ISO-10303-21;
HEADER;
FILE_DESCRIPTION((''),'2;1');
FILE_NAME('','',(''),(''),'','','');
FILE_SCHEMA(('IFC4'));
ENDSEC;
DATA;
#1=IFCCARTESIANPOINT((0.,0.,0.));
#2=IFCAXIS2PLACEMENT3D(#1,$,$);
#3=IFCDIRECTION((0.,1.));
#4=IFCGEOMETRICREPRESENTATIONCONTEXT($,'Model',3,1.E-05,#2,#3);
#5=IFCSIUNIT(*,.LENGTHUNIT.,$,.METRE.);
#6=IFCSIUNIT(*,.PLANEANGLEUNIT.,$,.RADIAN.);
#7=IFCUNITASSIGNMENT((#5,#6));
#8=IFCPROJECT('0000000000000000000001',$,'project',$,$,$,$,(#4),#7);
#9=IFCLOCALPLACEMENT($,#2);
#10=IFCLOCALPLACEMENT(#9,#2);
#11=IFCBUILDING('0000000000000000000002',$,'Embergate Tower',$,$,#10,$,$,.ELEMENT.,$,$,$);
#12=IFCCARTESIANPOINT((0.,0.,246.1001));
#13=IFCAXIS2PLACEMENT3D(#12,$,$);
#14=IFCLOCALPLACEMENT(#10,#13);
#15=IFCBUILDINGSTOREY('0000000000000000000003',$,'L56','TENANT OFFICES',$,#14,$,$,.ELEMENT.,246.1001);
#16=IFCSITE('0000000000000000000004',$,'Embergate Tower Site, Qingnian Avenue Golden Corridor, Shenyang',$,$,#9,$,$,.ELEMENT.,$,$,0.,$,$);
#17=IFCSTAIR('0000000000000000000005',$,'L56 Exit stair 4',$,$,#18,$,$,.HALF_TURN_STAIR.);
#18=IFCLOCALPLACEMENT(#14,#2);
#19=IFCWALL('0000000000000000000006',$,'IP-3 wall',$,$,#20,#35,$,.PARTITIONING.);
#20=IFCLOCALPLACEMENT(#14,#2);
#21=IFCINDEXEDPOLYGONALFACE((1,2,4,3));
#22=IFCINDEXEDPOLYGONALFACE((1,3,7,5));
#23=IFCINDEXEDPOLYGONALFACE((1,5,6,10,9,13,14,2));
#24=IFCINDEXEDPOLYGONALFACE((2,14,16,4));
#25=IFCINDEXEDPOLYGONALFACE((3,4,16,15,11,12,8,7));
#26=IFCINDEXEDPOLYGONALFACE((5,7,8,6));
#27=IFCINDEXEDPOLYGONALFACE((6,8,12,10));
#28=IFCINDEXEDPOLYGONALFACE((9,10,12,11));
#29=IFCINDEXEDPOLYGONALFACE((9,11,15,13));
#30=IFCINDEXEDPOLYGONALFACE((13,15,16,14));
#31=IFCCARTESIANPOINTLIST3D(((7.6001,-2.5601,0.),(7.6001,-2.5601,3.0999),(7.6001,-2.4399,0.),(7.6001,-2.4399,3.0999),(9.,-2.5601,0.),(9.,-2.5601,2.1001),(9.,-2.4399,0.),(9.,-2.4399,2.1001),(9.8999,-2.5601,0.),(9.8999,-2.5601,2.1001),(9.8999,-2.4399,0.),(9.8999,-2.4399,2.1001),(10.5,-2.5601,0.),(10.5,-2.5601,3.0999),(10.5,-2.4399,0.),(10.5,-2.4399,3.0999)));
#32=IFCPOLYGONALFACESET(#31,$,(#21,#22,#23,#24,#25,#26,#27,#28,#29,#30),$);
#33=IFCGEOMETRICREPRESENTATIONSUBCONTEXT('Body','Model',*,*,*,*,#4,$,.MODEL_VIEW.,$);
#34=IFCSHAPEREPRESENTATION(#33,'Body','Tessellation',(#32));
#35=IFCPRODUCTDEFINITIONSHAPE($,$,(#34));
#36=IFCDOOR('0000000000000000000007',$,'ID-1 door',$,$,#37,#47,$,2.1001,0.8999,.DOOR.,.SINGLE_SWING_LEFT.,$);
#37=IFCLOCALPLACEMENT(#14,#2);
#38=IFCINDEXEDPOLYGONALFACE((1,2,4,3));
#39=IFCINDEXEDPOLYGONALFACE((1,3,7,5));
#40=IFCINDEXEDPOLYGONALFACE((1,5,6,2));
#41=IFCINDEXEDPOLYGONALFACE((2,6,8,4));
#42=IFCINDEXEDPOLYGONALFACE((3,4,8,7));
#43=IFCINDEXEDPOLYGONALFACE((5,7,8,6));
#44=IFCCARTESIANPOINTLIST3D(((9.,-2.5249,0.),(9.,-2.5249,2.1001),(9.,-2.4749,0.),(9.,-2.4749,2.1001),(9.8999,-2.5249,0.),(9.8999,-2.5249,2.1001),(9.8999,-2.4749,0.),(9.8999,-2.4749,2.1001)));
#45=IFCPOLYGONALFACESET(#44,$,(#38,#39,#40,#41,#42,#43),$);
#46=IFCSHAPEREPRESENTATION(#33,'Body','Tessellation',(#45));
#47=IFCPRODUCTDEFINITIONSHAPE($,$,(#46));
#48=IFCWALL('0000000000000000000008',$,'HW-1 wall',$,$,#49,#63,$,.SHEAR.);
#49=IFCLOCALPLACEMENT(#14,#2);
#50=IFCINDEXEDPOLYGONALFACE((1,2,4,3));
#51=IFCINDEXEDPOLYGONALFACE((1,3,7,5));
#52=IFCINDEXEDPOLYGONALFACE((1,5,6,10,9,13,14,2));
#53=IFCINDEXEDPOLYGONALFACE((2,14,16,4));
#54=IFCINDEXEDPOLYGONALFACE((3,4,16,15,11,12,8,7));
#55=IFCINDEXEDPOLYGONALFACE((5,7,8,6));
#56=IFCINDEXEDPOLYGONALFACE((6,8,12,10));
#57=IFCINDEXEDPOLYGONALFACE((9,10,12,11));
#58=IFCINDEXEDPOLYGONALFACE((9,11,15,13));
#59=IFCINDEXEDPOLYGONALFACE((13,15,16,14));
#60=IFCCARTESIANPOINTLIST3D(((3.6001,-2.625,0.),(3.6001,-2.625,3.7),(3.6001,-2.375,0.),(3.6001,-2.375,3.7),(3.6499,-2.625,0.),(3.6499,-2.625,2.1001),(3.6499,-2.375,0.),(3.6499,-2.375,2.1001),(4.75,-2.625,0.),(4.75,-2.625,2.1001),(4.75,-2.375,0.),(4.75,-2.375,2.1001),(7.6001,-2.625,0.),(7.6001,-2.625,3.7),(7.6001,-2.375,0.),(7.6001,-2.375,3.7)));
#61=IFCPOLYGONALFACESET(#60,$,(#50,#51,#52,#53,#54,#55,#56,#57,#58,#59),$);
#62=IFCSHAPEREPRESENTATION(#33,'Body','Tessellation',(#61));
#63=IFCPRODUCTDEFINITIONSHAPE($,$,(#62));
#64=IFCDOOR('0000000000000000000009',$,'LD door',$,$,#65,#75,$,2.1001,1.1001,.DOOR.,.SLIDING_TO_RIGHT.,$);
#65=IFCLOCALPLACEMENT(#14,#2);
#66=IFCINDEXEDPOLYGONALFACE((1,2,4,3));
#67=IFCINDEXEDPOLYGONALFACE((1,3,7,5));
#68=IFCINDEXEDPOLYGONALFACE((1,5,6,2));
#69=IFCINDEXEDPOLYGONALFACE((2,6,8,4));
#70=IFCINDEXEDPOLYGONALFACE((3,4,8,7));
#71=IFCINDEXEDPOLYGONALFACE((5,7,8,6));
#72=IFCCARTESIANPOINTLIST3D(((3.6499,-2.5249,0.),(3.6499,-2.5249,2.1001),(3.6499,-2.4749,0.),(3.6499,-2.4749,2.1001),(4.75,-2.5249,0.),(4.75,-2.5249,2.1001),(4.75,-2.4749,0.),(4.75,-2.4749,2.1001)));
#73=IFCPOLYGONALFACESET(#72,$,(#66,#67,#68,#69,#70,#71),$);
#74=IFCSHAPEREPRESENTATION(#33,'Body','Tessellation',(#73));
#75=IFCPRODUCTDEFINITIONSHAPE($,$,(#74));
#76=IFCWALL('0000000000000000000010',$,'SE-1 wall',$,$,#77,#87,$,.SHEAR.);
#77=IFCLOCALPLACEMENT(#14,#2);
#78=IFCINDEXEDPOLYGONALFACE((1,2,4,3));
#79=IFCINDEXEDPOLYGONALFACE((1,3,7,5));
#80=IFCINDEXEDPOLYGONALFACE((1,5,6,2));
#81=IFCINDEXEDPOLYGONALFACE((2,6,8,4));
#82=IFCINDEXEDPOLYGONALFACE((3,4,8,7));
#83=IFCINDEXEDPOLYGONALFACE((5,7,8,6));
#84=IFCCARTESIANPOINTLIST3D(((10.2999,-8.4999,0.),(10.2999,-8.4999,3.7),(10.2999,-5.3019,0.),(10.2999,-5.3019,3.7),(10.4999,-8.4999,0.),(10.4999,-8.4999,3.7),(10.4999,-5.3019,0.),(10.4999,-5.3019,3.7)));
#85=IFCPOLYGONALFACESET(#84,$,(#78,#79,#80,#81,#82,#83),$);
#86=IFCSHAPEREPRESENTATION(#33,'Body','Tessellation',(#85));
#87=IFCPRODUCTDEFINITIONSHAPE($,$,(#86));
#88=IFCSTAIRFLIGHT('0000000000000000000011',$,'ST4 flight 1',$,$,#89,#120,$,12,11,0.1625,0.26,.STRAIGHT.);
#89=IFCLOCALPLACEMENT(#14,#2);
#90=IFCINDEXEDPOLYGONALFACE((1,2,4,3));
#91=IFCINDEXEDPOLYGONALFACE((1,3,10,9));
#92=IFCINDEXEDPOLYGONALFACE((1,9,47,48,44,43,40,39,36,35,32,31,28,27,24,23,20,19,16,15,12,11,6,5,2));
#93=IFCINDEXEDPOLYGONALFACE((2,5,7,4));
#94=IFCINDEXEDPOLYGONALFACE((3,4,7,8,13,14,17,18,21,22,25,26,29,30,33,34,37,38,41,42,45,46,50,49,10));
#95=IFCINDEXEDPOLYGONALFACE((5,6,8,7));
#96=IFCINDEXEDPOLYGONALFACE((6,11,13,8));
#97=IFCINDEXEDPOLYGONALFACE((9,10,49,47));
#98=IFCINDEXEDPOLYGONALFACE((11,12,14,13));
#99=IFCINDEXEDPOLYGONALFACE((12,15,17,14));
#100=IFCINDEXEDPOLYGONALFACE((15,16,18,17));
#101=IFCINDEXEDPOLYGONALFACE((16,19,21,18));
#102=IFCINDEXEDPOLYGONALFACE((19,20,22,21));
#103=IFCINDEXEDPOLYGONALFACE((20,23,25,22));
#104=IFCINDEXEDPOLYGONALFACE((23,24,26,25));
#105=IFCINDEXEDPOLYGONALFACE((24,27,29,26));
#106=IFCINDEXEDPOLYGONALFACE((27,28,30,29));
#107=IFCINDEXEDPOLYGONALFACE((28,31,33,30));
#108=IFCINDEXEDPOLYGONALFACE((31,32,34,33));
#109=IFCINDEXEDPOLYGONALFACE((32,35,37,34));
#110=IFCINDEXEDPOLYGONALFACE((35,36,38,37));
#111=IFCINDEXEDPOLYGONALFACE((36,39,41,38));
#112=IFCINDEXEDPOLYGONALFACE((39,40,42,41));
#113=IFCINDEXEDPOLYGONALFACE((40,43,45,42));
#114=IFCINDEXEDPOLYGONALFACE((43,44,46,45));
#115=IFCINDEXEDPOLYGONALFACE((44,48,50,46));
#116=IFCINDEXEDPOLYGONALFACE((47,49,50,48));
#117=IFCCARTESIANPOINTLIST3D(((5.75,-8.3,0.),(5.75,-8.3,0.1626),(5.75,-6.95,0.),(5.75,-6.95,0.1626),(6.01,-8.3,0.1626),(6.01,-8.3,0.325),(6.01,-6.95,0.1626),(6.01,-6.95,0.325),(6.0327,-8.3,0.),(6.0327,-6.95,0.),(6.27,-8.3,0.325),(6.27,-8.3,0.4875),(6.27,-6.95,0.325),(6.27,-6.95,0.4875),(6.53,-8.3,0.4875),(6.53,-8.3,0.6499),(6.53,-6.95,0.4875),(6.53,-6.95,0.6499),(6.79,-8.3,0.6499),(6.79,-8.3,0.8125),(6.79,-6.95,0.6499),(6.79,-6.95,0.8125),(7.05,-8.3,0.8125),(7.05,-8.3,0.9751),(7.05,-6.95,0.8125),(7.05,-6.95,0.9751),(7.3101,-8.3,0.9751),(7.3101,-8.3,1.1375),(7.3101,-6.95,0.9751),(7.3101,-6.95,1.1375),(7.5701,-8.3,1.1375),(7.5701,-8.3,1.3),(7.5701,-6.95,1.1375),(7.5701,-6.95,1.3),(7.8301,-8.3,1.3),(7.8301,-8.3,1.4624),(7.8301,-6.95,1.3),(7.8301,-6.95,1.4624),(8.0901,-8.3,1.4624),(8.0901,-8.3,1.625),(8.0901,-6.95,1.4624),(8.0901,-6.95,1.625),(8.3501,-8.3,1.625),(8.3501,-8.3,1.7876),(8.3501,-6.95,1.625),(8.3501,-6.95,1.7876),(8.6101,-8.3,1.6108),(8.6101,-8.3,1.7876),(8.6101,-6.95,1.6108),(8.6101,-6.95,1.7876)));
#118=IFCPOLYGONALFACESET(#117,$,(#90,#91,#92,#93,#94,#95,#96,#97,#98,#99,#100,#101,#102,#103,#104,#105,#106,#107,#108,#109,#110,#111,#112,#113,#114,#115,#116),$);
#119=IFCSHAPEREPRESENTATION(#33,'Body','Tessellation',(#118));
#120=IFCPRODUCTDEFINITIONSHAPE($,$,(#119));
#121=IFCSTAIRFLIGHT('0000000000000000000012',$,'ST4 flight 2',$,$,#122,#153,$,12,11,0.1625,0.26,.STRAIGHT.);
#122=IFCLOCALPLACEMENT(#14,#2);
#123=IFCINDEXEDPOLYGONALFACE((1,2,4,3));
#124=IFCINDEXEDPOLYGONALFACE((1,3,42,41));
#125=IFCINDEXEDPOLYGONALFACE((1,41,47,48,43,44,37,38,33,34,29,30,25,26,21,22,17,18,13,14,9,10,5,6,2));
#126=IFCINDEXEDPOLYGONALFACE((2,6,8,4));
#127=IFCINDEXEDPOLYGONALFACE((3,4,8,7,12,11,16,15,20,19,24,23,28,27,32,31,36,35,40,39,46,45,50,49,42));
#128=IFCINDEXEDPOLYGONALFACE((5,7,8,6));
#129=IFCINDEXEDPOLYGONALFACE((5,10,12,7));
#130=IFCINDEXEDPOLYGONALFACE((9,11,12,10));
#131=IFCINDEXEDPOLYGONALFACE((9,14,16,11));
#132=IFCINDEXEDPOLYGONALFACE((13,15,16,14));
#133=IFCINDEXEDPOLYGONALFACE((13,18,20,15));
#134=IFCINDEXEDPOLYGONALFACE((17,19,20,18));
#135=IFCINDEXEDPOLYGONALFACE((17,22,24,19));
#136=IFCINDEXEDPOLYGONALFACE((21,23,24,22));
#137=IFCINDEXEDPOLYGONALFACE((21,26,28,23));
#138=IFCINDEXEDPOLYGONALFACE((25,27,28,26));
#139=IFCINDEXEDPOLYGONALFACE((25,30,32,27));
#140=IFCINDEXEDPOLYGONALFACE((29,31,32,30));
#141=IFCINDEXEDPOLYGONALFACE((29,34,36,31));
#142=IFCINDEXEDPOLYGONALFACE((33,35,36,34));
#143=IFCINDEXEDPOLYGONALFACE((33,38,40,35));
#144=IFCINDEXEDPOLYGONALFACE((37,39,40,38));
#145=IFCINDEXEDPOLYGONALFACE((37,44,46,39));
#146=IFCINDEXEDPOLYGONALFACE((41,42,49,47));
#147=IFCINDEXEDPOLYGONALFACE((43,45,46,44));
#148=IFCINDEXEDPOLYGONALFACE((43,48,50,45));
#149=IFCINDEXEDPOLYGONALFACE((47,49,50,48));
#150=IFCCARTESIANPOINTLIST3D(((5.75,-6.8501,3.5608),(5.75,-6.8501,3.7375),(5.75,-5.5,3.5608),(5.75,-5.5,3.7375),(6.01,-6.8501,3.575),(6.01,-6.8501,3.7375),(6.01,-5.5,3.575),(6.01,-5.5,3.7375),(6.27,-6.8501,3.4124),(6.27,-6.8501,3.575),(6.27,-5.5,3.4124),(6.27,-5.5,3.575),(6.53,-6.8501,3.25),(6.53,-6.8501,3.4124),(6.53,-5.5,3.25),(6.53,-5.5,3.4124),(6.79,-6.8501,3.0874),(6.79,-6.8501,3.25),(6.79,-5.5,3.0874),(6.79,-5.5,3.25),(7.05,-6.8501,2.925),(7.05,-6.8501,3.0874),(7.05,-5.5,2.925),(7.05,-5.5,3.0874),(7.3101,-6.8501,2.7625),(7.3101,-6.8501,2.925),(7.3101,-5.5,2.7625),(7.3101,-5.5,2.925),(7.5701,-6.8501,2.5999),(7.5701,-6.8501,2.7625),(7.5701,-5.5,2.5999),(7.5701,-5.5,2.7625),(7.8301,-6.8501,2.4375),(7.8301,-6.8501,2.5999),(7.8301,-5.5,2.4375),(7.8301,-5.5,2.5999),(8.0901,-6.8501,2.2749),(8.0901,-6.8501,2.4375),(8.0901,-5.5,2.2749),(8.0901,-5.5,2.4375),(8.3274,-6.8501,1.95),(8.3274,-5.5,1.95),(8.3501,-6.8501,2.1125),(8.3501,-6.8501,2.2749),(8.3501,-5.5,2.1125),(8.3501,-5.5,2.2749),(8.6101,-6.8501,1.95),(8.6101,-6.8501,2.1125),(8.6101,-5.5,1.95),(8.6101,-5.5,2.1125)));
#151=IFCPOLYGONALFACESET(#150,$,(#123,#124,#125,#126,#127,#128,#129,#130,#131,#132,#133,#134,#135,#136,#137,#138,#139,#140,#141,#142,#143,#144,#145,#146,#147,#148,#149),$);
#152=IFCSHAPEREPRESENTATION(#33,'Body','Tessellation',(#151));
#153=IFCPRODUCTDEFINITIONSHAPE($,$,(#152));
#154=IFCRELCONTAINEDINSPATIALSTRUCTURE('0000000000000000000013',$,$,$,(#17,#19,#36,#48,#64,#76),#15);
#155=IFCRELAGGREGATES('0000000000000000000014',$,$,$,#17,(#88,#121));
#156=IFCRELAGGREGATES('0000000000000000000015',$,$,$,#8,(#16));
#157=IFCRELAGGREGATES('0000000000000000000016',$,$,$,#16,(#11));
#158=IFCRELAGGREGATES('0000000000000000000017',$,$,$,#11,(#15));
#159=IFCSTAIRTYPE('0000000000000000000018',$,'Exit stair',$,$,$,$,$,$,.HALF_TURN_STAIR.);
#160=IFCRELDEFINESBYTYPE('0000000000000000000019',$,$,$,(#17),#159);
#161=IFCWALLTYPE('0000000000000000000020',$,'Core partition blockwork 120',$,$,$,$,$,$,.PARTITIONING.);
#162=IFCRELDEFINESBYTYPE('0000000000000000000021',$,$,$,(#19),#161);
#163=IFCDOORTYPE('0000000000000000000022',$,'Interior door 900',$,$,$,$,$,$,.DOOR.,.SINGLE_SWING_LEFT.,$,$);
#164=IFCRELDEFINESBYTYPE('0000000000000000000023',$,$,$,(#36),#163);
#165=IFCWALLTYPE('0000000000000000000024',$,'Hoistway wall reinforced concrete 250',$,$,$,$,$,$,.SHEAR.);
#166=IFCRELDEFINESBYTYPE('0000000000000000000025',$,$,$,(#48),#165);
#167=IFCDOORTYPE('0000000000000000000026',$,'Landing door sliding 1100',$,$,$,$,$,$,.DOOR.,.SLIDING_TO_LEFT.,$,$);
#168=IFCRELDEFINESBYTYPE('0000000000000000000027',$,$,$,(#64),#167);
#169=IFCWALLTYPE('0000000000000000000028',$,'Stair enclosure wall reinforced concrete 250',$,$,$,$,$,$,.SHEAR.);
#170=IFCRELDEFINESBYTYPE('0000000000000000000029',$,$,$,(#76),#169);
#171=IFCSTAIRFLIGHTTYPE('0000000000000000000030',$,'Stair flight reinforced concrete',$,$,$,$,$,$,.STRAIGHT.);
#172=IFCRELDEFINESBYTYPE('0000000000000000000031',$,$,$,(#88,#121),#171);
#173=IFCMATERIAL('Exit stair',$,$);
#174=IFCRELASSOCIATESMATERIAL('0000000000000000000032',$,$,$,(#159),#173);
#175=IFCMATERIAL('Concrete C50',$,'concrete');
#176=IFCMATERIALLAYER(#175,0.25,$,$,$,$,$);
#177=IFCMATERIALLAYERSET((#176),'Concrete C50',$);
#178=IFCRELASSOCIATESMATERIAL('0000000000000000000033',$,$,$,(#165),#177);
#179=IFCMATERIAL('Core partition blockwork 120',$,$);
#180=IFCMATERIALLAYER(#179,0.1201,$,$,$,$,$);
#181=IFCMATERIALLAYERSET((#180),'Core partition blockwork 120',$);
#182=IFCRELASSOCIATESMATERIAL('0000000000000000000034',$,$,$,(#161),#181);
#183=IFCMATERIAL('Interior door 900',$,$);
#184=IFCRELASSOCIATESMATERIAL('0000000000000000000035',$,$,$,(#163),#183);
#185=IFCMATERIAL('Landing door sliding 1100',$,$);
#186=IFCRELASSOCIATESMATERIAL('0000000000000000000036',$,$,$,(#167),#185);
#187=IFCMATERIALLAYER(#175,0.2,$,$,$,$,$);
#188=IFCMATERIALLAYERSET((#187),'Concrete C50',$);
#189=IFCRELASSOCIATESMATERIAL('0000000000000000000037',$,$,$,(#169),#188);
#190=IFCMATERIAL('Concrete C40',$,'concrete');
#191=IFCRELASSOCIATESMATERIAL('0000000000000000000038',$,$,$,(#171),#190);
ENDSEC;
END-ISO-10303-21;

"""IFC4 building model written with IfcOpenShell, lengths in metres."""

from ifc_helpers import new_model, si_unit, direction, frame, frame_2d, origin, place, context, subcontext, project, spatial, polyline, rectangle, outline, extrude, source, transform, mapped, material, layer, layer_set, type_object, element, fill, aggregate, save


model = new_model("IFC4")

# Units and contexts
model_context = context("Model", 3, precision=1e-05, world=origin(), true_north=direction((0.0, 1.0)))
body_context = subcontext(model_context, "Body", "Model", "MODEL_VIEW")
ifc_project = project(units=[si_unit("LENGTHUNIT", "METRE"), si_unit("PLANEANGLEUNIT", "RADIAN")], contexts=[model_context])

# Site, building, storey
site_placement = place(None, origin())
site = spatial("IfcSite", under=ifc_project, at=site_placement, Name="Embergate Tower Site, Qingnian Avenue Golden Corridor, Shenyang", CompositionType="ELEMENT", RefElevation=0.0)
building_placement = place(site_placement, origin())
building = spatial("IfcBuilding", under=site, at=building_placement, Name="Embergate Tower", CompositionType="ELEMENT")
storey_placement = place(building_placement, frame((0.0, 0.0, 246.1001)))
storey = spatial("IfcBuildingStorey", under=building, at=storey_placement, Name="L56", Description="TENANT OFFICES", CompositionType="ELEMENT", Elevation=246.1001)

# Stair
ifc_material_1 = material(Name="Exit stair")
stair_type = type_object("IfcStairType", Name="Exit stair", PredefinedType="HALF_TURN_STAIR", material=ifc_material_1)
stair_placement = place(storey_placement, origin())
stair = element("IfcStair", 1, at=stair_placement, inside=storey, type_object=stair_type, Name="L56 Exit stair 4", PredefinedType="HALF_TURN_STAIR")
ifc_material_2 = material(Name="Concrete C40", Category="concrete")

# Shared definitions
ifc_material_3 = material(Name="Concrete C50", Category="concrete")

# Shared definitions
ifc_layer_1 = layer(ifc_material_3, 0.25)
ifc_layer_set_1 = layer_set([ifc_layer_1], Name="Concrete C50")
wall_type_1 = type_object("IfcWallType", Name="Hoistway wall reinforced concrete 250", PredefinedType="SHEAR", material=ifc_layer_set_1)

# Shared definitions
ifc_material_4 = material(Name="Core partition blockwork 120")
ifc_layer_2 = layer(ifc_material_4, 0.1201)
ifc_layer_set_2 = layer_set([ifc_layer_2], Name="Core partition blockwork 120")
wall_type_2 = type_object("IfcWallType", Name="Core partition blockwork 120", PredefinedType="PARTITIONING", material=ifc_layer_set_2)
shared_shape_1 = source(origin(), body_context, "Body", "SweptSolid", [
    extrude(rectangle(XDim=0.8999, YDim=2.1001, at=frame_2d((0.45, 1.05))), frame((0.0, 0.0701, 0.0), z_axis=(0.0, -1.0, 0.0), x_axis=(1.0, 0.0, 0.0)), (0.0, 0.0, 1.0), 0.1401),
])
ifc_material_5 = material(Name="Interior door 900")
door_type_1 = type_object("IfcDoorType", Name="Interior door 900", OperationType="SINGLE_SWING_LEFT", PredefinedType="DOOR", material=ifc_material_5)
shared_shape_2 = source(origin(), body_context, "Body", "SweptSolid", [
    extrude(rectangle(XDim=0.8999, YDim=2.1001, at=frame_2d((0.45, 1.05))), frame((0.0, 0.0249, 0.0), z_axis=(0.0, -1.0, 0.0), x_axis=(1.0, 0.0, 0.0)), (0.0, 0.0, 1.0), 0.05),
])

# Walls, openings, doors
shared_shape_3 = source(origin(), body_context, "Body", "SweptSolid", [
    extrude(rectangle(XDim=2.8999, YDim=0.1201, at=frame_2d((1.45, 0.0))), origin(), (0.0, 0.0, 1.0), 3.0999),
])
wall_1_placement = place(storey_placement, frame((10.5, -2.5, 0.0), z_axis=(0.0, 0.0, 1.0), x_axis=(-1.0, 0.0, 0.0)))
wall_1 = element("IfcWall", 2, at=wall_1_placement, inside=storey, type_object=wall_type_2, Name="IP-3 wall", PredefinedType="PARTITIONING", context=body_context, shape_type="MappedRepresentation", body=[
    mapped(shared_shape_3, transform((0.0, 0.0, 0.0))),
])
opening_1_placement = place(wall_1_placement, frame((0.6001, 0.0, 0.0)))
opening_1 = element("IfcOpeningElement", 3, at=opening_1_placement, cuts=wall_1, PredefinedType="OPENING", context=body_context, shape_type="MappedRepresentation", body=[
    mapped(shared_shape_1, transform((0.0, 0.0, 0.0))),
])
door_1_placement = place(opening_1_placement, origin())
door_1 = element("IfcDoor", 4, at=door_1_placement, inside=storey, type_object=door_type_1, Name="ID-1 door", OperationType="SINGLE_SWING_LEFT", OverallHeight=2.1001, OverallWidth=0.8999, PredefinedType="DOOR", context=body_context, shape_type="MappedRepresentation", body=[
    mapped(shared_shape_2, transform((0.0, 0.0, 0.0))),
])
fill(opening_1, door_1)
shared_shape_4 = source(origin(), body_context, "Body", "SweptSolid", [
    extrude(rectangle(XDim=4.0, YDim=0.25, at=frame_2d((2.0, 0.0))), origin(), (0.0, 0.0, 1.0), 3.7),
])
wall_2_placement = place(storey_placement, frame((7.6001, -2.5, 0.0), z_axis=(0.0, 0.0, 1.0), x_axis=(-1.0, 0.0, 0.0)))
wall_2 = element("IfcWall", 5, at=wall_2_placement, inside=storey, type_object=wall_type_1, Name="HW-1 wall", PredefinedType="SHEAR", context=body_context, shape_type="MappedRepresentation", body=[
    mapped(shared_shape_4, transform((0.0, 0.0, 0.0))),
])
shared_shape_5 = source(origin(), body_context, "Body", "SweptSolid", [
    extrude(rectangle(XDim=1.1001, YDim=2.1001, at=frame_2d((0.55, 1.05))), frame((0.0, 0.135, 0.0), z_axis=(0.0, -1.0, 0.0), x_axis=(1.0, 0.0, 0.0)), (0.0, 0.0, 1.0), 0.27),
])
opening_2_placement = place(wall_2_placement, frame((2.8501, 0.0, 0.0)))
opening_2 = element("IfcOpeningElement", 6, at=opening_2_placement, cuts=wall_2, PredefinedType="OPENING", context=body_context, shape_type="MappedRepresentation", body=[
    mapped(shared_shape_5, transform((0.0, 0.0, 0.0))),
])
ifc_material_6 = material(Name="Landing door sliding 1100")
door_type_2 = type_object("IfcDoorType", Name="Landing door sliding 1100", OperationType="SLIDING_TO_LEFT", PredefinedType="DOOR", material=ifc_material_6)
shared_shape_6 = source(origin(), body_context, "Body", "SweptSolid", [
    extrude(rectangle(XDim=1.1001, YDim=2.1001, at=frame_2d((0.55, 1.05))), frame((0.0, 0.0249, 0.0), z_axis=(0.0, -1.0, 0.0), x_axis=(1.0, 0.0, 0.0)), (0.0, 0.0, 1.0), 0.05),
])
door_2_placement = place(opening_2_placement, origin())
door_2 = element("IfcDoor", 7, at=door_2_placement, inside=storey, type_object=door_type_2, Name="LD door", OperationType="SLIDING_TO_RIGHT", OverallHeight=2.1001, OverallWidth=1.1001, PredefinedType="DOOR", context=body_context, shape_type="MappedRepresentation", body=[
    mapped(shared_shape_6, transform((0.0, 0.0, 0.0))),
])
fill(opening_2, door_2)

# Wall
ifc_layer_3 = layer(ifc_material_3, 0.2)
ifc_layer_set_3 = layer_set([ifc_layer_3], Name="Concrete C50")
wall_type_3 = type_object("IfcWallType", Name="Stair enclosure wall reinforced concrete 250", PredefinedType="SHEAR", material=ifc_layer_set_3)
shared_shape_7 = source(origin(), body_context, "Body", "SweptSolid", [
    extrude(rectangle(XDim=3.198, YDim=0.2, at=frame_2d((1.5991, 0.0))), origin(), (0.0, 0.0, 1.0), 3.7),
])
wall_3_placement = place(storey_placement, frame((10.3999, -8.5, 0.0), z_axis=(0.0, 0.0, 1.0), x_axis=(0.0, 1.0, 0.0)))
element("IfcWall", 8, at=wall_3_placement, inside=storey, type_object=wall_type_3, Name="SE-1 wall", PredefinedType="SHEAR", context=body_context, shape_type="MappedRepresentation", body=[
    mapped(shared_shape_7, transform((0.0, 0.0, 0.0))),
])

# Stair flights
stair_flight_type = type_object("IfcStairFlightType", Name="Stair flight reinforced concrete", PredefinedType="STRAIGHT", material=ifc_material_2)
shared_shape_8 = source(origin(), body_context, "Body", "SweptSolid", [
    extrude(outline(polyline([(0.0, 0.0), (0.0, 0.1626), (0.26, 0.1626), (0.26, 0.325), (0.52, 0.325), (0.52, 0.4875), (0.78, 0.4875), (0.78, 0.6499), (1.04, 0.6499), (1.04, 0.8125), (1.3, 0.8125), (1.3, 0.9751), (1.5601, 0.9751), (1.5601, 1.1375), (1.8201, 1.1375), (1.8201, 1.3), (2.0801, 1.3), (2.0801, 1.4624), (2.3401, 1.4624), (2.3401, 1.625), (2.6001, 1.625), (2.6001, 1.7876), (2.8601, 1.7876), (2.8601, 1.95), (2.8601, 1.6108), (0.2827, 0.0), (0.0, 0.0)])), frame((0.0, 0.675, 0.0), z_axis=(0.0, -1.0, 0.0), x_axis=(1.0, 0.0, 0.0)), (0.0, 0.0, 1.0), 1.3501),
])
stair_flight_1_placement = place(storey_placement, frame((5.75, -7.625, 0.0), z_axis=(0.0, 0.0, 1.0), x_axis=(1.0, 0.0, 0.0)))
stair_flight_1 = element("IfcStairFlight", 9, at=stair_flight_1_placement, type_object=stair_flight_type, Name="ST4 flight 1", NumberOfRisers=12, NumberOfTreads=11, PredefinedType="STRAIGHT", RiserHeight=0.1625, TreadLength=0.26, context=body_context, shape_type="MappedRepresentation", body=[
    mapped(shared_shape_8, transform((0.0, 0.0, 0.0))),
])
stair_flight_2_placement = place(storey_placement, frame((8.6101, -6.175, 1.95), z_axis=(0.0, 0.0, 1.0), x_axis=(-1.0, 0.0, 0.0)))
stair_flight_2 = element("IfcStairFlight", 10, at=stair_flight_2_placement, type_object=stair_flight_type, Name="ST4 flight 2", NumberOfRisers=12, NumberOfTreads=11, PredefinedType="STRAIGHT", RiserHeight=0.1625, TreadLength=0.26, context=body_context, shape_type="MappedRepresentation", body=[
    mapped(shared_shape_8, transform((0.0, 0.0, 0.0))),
])
aggregate(stair, [stair_flight_1, stair_flight_2])

save(model, "model.ifc")
